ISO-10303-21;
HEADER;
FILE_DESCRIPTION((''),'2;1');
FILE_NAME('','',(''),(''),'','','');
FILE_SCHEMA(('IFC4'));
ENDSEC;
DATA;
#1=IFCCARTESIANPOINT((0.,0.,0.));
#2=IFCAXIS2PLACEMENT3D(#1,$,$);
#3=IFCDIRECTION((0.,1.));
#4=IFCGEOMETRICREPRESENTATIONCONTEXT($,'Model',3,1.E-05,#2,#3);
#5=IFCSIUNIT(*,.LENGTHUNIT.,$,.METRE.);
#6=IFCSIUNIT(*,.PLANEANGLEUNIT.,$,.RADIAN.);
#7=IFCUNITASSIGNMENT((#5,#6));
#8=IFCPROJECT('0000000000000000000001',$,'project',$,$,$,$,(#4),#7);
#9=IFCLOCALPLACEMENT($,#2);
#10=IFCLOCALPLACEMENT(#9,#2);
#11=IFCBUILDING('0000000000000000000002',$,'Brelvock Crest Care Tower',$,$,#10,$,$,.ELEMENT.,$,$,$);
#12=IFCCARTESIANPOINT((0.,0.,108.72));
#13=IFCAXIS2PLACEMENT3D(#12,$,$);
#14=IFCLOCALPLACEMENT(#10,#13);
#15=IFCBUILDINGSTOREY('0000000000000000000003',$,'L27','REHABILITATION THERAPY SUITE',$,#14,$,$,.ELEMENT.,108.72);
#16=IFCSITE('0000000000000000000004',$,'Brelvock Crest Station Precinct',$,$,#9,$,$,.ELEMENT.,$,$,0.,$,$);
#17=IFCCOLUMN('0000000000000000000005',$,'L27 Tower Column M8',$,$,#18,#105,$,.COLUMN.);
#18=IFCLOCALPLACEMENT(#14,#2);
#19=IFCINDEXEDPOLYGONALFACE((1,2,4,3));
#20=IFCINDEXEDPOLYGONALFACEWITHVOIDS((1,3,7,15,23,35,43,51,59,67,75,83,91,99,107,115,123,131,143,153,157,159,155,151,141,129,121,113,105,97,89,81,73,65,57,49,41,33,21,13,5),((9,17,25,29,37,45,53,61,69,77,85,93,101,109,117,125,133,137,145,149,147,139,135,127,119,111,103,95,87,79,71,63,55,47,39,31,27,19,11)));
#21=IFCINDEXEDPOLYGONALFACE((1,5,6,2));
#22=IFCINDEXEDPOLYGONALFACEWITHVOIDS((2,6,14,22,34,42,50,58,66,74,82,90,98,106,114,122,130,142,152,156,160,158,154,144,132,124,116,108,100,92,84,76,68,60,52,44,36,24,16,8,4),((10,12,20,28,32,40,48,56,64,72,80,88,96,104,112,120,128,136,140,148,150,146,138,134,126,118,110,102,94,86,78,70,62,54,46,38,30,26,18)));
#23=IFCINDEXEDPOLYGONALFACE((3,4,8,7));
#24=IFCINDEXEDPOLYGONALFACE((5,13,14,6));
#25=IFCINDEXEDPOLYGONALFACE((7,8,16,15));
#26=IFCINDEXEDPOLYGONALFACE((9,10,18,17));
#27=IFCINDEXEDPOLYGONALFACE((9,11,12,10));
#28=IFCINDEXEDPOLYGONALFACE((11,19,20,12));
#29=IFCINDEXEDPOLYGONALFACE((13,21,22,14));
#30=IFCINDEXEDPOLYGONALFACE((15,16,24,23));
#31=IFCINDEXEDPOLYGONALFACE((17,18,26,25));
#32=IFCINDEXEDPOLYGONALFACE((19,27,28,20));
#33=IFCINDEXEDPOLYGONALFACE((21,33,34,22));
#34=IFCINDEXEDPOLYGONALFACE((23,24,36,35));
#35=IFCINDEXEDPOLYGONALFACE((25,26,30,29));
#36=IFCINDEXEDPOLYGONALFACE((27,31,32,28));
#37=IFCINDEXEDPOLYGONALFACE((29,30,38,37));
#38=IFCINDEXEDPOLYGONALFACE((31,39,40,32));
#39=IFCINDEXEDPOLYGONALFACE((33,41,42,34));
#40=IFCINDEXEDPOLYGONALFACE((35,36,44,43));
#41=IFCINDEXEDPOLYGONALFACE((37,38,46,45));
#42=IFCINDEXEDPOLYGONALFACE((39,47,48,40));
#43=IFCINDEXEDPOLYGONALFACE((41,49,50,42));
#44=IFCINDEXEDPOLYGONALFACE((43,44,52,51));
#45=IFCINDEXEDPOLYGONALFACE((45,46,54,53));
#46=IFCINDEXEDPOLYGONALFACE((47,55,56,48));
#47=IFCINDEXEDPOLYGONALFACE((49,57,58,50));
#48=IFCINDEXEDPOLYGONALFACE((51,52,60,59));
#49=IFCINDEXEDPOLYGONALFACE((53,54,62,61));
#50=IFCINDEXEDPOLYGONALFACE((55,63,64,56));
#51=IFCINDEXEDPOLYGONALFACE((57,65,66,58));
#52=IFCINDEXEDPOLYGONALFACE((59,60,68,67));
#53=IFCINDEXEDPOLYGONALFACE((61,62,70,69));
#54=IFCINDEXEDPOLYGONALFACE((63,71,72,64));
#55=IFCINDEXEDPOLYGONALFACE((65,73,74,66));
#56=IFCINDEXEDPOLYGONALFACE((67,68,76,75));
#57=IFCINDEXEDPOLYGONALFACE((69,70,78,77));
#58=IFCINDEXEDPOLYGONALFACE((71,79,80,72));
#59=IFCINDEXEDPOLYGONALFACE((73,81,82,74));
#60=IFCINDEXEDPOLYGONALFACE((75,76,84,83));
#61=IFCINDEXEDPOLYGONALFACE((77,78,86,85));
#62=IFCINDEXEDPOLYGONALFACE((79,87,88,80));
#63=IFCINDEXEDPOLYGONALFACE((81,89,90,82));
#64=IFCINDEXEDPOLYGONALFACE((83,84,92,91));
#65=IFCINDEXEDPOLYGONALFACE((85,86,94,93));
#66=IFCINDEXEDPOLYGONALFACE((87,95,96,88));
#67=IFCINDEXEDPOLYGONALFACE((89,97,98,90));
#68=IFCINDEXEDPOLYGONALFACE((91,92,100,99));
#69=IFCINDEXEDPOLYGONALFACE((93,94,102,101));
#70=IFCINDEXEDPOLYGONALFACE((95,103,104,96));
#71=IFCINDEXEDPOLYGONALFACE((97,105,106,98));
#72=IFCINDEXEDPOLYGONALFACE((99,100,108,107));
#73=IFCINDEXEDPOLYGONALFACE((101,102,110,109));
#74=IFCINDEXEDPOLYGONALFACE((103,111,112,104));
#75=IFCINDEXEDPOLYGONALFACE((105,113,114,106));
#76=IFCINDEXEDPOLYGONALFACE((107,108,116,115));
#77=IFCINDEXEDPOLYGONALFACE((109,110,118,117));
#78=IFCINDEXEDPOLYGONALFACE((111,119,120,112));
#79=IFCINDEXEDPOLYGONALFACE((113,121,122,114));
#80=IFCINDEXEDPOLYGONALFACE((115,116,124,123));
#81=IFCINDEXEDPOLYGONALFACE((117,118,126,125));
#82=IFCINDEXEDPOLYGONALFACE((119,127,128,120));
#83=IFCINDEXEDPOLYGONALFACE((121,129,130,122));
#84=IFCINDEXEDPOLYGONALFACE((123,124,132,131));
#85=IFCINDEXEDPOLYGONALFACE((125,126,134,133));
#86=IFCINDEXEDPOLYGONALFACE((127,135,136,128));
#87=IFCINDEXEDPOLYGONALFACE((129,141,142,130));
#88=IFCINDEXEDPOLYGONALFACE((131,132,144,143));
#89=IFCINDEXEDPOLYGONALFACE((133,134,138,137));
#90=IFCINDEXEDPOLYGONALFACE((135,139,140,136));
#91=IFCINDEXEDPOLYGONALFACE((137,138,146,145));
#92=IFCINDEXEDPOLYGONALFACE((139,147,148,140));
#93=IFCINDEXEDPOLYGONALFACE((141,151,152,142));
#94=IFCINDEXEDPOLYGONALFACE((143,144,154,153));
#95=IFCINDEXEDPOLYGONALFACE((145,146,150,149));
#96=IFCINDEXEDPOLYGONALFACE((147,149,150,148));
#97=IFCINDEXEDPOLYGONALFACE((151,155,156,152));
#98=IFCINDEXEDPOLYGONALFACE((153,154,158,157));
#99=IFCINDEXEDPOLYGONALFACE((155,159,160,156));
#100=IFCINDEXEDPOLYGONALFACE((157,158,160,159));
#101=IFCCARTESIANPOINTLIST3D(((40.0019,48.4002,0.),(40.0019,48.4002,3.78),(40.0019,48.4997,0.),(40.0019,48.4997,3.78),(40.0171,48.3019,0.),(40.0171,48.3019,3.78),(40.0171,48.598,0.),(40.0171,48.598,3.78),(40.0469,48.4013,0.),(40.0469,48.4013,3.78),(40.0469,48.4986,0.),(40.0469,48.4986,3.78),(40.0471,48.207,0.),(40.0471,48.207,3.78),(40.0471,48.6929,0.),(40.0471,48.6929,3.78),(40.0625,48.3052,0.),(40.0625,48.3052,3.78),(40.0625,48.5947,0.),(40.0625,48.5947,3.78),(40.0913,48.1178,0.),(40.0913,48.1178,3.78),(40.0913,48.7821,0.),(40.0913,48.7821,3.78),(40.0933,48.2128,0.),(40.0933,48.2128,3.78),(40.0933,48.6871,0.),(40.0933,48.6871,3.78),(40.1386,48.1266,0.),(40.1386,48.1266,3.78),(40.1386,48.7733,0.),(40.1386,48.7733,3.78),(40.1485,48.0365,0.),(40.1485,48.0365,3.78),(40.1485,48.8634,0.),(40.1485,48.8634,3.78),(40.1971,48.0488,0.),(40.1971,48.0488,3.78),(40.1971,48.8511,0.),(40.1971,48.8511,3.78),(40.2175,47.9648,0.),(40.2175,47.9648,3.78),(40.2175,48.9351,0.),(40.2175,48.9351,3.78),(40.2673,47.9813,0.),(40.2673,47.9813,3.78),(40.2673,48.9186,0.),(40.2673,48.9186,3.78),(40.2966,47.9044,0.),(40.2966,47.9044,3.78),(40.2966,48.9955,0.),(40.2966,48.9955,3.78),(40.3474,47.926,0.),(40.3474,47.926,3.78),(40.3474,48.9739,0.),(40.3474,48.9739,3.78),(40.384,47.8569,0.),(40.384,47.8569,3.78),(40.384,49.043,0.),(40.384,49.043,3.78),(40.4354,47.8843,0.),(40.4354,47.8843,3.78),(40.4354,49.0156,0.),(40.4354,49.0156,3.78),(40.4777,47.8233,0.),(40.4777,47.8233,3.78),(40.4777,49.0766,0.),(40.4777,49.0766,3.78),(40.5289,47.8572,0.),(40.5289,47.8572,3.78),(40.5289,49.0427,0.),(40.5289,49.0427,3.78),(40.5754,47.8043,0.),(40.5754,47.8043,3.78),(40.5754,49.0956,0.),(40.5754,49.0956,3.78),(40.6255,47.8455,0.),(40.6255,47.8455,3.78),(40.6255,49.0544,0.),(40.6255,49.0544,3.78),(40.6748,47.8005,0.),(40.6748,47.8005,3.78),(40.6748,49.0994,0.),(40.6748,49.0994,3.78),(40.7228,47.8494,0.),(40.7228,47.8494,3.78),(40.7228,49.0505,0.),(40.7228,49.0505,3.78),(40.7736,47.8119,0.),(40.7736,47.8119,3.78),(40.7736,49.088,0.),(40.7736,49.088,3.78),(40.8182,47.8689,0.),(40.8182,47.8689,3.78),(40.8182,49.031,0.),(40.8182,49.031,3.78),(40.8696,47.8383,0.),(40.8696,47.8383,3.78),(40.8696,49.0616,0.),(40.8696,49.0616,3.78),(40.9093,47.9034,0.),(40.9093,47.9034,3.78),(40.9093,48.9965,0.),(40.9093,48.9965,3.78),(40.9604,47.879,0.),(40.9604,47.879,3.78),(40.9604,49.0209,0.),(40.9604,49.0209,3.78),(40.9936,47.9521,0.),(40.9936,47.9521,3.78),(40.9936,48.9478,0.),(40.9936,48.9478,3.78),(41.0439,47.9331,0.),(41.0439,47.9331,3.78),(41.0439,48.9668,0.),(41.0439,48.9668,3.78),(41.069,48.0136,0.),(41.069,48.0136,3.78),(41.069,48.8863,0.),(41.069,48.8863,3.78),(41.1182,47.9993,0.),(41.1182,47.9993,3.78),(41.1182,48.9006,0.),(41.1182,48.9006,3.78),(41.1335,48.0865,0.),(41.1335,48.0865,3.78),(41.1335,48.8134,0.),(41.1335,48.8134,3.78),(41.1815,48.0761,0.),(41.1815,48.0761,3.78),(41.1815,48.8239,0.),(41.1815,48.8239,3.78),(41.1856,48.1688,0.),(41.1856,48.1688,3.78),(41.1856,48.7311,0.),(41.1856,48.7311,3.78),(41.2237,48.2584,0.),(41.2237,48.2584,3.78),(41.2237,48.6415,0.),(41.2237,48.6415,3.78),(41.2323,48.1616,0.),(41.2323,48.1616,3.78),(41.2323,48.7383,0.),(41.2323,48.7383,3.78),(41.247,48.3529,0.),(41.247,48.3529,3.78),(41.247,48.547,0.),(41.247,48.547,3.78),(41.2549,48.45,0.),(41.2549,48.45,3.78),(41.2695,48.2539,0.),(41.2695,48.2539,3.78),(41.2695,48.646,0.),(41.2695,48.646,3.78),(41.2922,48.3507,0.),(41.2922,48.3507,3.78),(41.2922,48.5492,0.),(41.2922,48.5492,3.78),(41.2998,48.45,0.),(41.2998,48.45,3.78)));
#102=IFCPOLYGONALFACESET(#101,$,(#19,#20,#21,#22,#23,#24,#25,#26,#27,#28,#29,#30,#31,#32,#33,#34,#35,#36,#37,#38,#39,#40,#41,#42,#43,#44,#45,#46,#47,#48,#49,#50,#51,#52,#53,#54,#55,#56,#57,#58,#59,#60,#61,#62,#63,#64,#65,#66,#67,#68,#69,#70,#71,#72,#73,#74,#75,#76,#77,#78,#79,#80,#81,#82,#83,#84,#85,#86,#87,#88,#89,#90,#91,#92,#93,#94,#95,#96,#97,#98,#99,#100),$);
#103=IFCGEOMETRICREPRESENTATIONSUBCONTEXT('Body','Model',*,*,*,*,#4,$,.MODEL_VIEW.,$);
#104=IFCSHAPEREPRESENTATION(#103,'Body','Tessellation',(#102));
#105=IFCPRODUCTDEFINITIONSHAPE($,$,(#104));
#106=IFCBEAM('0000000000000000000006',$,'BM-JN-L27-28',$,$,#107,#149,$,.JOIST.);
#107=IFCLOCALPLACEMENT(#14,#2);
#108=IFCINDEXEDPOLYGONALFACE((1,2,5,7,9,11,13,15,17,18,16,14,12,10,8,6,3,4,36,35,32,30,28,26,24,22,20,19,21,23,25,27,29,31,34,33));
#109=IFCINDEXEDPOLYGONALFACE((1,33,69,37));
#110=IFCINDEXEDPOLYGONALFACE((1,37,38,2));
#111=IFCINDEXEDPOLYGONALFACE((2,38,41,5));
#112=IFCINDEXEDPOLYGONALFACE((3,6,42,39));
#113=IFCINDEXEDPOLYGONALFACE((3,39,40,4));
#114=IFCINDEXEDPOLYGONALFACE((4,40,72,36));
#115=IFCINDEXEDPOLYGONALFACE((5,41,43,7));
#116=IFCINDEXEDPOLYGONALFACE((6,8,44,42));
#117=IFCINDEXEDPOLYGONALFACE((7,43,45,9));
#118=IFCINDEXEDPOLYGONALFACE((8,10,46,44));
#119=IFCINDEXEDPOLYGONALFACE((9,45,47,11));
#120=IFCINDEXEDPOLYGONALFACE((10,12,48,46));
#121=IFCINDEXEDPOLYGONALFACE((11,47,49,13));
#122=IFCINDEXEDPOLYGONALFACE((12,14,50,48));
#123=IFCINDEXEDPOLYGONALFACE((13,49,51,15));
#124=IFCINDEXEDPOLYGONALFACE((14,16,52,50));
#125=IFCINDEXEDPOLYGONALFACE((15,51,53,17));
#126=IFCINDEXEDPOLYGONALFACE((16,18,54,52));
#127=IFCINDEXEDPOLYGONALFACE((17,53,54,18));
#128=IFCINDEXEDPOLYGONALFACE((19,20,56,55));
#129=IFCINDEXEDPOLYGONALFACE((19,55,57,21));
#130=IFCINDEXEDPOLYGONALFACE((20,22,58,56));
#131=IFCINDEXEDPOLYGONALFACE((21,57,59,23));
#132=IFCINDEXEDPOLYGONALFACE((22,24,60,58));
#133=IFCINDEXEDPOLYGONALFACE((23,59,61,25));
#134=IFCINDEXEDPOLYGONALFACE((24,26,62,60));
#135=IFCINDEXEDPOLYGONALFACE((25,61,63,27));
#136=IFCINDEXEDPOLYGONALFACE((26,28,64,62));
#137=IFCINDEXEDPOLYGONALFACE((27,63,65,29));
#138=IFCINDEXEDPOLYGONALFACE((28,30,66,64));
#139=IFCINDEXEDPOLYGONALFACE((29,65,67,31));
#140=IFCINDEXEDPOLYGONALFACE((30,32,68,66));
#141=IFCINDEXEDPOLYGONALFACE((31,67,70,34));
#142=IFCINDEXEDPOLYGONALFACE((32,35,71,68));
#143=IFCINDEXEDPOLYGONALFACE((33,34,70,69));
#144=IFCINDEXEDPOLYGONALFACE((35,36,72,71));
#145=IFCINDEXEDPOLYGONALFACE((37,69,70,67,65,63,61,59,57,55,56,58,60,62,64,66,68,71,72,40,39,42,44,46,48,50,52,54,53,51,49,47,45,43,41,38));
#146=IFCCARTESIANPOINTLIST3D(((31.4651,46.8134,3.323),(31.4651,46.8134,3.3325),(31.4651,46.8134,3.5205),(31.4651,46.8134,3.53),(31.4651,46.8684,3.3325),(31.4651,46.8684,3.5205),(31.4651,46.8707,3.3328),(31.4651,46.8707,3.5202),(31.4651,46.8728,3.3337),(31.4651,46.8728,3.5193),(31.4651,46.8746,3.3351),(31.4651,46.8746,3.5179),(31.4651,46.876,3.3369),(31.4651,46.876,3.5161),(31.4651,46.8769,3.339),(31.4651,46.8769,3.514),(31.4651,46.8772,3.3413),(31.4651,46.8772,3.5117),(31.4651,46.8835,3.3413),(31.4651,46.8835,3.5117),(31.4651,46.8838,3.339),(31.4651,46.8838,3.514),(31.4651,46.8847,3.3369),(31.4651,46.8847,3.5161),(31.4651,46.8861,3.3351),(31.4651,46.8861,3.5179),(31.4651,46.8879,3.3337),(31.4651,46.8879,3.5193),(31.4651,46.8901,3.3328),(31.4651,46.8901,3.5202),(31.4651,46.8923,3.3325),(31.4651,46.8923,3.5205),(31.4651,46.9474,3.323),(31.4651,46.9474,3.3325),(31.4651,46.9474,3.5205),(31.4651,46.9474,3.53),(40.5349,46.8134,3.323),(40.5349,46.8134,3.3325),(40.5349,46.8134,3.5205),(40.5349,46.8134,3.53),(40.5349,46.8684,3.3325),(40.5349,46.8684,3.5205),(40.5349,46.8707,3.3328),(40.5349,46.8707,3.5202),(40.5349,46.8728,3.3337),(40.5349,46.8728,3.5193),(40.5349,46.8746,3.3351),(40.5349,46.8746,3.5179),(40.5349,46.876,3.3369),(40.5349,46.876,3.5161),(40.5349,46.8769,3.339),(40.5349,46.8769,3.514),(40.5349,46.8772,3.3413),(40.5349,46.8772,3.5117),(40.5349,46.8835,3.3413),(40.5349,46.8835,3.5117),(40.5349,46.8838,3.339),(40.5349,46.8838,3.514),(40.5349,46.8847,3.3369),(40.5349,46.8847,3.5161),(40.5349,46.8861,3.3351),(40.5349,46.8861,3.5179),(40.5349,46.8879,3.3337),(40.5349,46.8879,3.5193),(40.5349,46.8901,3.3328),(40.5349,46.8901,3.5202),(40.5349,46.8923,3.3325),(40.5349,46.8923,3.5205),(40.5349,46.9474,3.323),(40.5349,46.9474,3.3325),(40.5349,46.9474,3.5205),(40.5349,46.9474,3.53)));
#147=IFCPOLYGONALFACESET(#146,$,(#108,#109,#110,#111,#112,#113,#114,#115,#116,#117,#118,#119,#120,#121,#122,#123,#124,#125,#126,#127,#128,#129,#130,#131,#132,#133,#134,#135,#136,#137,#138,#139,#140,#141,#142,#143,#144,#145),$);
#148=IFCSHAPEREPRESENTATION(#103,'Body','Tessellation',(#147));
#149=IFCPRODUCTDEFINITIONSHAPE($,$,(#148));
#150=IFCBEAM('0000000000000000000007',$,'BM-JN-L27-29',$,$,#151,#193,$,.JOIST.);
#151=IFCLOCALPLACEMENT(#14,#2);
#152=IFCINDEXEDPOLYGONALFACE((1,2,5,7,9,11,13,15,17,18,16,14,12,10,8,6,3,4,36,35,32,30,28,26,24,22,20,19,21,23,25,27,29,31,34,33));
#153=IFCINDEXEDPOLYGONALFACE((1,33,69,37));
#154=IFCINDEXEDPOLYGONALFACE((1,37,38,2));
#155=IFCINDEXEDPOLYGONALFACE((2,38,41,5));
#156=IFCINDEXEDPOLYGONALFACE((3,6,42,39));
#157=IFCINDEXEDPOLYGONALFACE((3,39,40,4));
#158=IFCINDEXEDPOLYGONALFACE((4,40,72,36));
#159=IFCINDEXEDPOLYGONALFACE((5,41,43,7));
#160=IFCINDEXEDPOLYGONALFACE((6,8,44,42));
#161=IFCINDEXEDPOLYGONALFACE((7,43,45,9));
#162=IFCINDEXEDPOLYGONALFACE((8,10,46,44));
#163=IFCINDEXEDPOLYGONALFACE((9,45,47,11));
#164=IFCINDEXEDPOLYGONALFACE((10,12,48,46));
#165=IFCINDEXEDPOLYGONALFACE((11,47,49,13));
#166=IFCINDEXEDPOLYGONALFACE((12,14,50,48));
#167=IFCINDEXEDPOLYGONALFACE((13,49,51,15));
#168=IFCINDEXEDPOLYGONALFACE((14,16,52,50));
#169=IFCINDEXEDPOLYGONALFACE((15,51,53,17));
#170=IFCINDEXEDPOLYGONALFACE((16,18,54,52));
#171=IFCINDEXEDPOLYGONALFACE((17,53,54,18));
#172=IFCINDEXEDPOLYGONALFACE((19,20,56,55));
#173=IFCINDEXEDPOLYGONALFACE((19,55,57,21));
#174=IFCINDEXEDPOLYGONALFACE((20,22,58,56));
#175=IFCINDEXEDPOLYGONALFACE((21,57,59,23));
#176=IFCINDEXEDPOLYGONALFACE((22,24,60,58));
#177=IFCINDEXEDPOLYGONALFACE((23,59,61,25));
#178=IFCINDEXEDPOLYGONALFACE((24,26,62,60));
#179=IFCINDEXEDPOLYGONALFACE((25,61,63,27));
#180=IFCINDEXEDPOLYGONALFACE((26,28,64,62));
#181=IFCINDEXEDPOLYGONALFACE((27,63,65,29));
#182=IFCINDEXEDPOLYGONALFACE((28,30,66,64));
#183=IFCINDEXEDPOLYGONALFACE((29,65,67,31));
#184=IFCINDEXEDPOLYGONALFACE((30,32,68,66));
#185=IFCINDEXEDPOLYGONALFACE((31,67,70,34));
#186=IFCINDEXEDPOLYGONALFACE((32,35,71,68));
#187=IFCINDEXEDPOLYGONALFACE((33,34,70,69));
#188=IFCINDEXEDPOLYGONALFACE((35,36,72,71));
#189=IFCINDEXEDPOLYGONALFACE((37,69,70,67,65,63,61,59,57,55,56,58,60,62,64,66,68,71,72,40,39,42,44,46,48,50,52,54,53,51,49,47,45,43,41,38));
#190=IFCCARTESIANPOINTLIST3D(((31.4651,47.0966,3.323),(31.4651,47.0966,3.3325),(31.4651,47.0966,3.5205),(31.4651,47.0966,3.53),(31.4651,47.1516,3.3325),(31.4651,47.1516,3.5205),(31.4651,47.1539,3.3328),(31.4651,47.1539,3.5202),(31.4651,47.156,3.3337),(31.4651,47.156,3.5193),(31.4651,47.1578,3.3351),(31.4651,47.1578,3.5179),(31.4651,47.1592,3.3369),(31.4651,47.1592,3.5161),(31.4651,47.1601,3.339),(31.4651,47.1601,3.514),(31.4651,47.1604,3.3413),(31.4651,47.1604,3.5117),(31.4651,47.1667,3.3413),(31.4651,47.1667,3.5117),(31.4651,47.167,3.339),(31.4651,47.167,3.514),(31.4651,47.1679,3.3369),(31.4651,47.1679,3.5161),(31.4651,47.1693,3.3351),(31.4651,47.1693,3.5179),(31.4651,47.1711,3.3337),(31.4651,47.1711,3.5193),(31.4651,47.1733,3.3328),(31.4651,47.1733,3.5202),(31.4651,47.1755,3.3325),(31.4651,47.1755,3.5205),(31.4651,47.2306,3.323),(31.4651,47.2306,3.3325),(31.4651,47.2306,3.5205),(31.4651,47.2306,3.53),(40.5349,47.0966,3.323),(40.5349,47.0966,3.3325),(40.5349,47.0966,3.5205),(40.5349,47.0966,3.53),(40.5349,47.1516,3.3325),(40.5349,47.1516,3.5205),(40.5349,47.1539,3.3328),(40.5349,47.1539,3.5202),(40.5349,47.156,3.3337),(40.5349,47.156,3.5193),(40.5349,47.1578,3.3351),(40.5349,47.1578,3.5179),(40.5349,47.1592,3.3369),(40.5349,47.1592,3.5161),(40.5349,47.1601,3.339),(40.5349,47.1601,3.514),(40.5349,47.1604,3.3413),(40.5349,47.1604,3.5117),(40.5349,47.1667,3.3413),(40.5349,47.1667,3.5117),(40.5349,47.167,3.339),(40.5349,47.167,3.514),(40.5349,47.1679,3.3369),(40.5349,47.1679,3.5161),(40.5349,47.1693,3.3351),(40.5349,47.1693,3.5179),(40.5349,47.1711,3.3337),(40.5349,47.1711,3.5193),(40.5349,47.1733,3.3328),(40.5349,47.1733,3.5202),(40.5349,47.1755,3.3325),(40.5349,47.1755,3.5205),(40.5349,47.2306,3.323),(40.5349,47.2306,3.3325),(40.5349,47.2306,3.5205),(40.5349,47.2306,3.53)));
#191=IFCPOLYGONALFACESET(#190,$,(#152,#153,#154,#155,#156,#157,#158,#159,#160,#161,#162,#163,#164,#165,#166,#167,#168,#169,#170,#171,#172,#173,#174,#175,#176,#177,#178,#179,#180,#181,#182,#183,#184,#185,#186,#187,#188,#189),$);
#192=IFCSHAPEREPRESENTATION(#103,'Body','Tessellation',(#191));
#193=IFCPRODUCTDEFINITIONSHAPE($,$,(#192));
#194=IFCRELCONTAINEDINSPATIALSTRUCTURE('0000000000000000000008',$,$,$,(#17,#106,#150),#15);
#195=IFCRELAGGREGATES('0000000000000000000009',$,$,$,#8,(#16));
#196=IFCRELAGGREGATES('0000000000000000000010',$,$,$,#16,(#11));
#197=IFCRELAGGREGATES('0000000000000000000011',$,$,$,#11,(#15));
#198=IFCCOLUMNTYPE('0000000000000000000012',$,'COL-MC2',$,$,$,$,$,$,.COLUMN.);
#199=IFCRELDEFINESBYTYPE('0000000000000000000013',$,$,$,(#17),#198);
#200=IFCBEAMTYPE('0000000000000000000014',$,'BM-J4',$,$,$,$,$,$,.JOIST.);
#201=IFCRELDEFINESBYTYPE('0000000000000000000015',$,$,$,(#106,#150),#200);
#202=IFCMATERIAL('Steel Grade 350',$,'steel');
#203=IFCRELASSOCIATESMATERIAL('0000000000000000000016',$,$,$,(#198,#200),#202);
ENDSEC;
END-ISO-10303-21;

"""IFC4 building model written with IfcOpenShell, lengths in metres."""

from ifc_helpers import new_model, si_unit, direction, frame, origin, origin_2d, place, context, subcontext, project, spatial, hollow_circle, i_section, extrude, source, transform, mapped, material, material_profile, profile_set, type_object, element, save


model = new_model("IFC4")

# Units and contexts
model_context = context("Model", 3, precision=1e-05, world=origin(), true_north=direction((0.0, 1.0)))
body_context = subcontext(model_context, "Body", "Model", "MODEL_VIEW")
ifc_project = project(units=[si_unit("LENGTHUNIT", "METRE"), si_unit("PLANEANGLEUNIT", "RADIAN")], contexts=[model_context])

# Site, building, storey
site_placement = place(None, origin())
site = spatial("IfcSite", under=ifc_project, at=site_placement, Name="Brelvock Crest Station Precinct", CompositionType="ELEMENT", RefElevation=0.0)
building_placement = place(site_placement, origin())
building = spatial("IfcBuilding", under=site, at=building_placement, Name="Brelvock Crest Care Tower", CompositionType="ELEMENT")
storey_placement = place(building_placement, frame((0.0, 0.0, 108.72)))
storey = spatial("IfcBuildingStorey", under=building, at=storey_placement, Name="L27", Description="REHABILITATION THERAPY SUITE", CompositionType="ELEMENT", Elevation=108.72)

# Column
ifc_material_1 = material(Name="Steel Grade 350", Category="steel")
ifc_material_profile_1 = material_profile(ifc_material_1, hollow_circle(Radius=0.6499, WallThickness=0.0449, at=origin_2d()), Name="CFT1300x45")
ifc_profile_set_1 = profile_set([ifc_material_profile_1], Name="Steel Grade 350")
column_type = type_object("IfcColumnType", Name="COL-MC2", PredefinedType="COLUMN", material=ifc_profile_set_1)
shared_shape_1 = source(origin(), body_context, "Body", "SweptSolid", [
    extrude(hollow_circle(Radius=0.6499, WallThickness=0.0449, at=origin_2d()), origin(), (0.0, 0.0, 1.0), 3.78),
])
column_placement = place(storey_placement, frame((40.6499, 48.45, 0.0), z_axis=(0.0, 0.0, 1.0), x_axis=(1.0, 0.0, 0.0)))
element("IfcColumn", 1, at=column_placement, inside=storey, type_object=column_type, Name="L27 Tower Column M8", PredefinedType="COLUMN", context=body_context, shape_type="MappedRepresentation", body=[
    mapped(shared_shape_1, transform((0.0, 0.0, 0.0), x_axis=(1.0, 0.0, 0.0), y_axis=(0.0, 1.0, 0.0), z_axis=(0.0, 0.0, 1.0), scale=1.0)),
])

# Beams
ifc_material_profile_2 = material_profile(ifc_material_1, i_section(OverallWidth=0.134, OverallDepth=0.207, WebThickness=0.0063, FlangeThickness=0.0095, FilletRadius=0.0088, at=origin_2d()), Name="200UB29.8")
ifc_profile_set_2 = profile_set([ifc_material_profile_2], Name="Steel Grade 350")
beam_type_1 = type_object("IfcBeamType", Name="BM-J4", PredefinedType="JOIST", material=ifc_profile_set_2)
shared_shape_2 = source(origin(), body_context, "Body", "SweptSolid", [
    extrude(i_section(OverallWidth=0.134, OverallDepth=0.207, WebThickness=0.0063, FlangeThickness=0.0095, FilletRadius=0.0088, at=origin_2d()), origin(), (0.0, 0.0, 1.0), 9.0698),
])
for number, where, z_axis, x_axis, name in (
    (2, (31.4651, 46.8804, 3.4265), (1.0, 0.0, 0.0), (0.0, 1.0, 0.0), "BM-JN-L27-28"),
    (3, (31.4651, 47.1636, 3.4265), (1.0, 0.0, 0.0), (0.0, 1.0, 0.0), "BM-JN-L27-29"),
):
    element("IfcBeam", number, at=place(storey_placement, frame(where, z_axis=z_axis, x_axis=x_axis)), inside=storey, type_object=beam_type_1, Name=name, PredefinedType="JOIST", context=body_context, shape_type="MappedRepresentation", body=[
        mapped(shared_shape_2, transform((0.0, 0.0, 0.0), x_axis=(1.0, 0.0, 0.0), y_axis=(0.0, 1.0, 0.0), z_axis=(0.0, 0.0, 1.0), scale=1.0)),
    ])

save(model, "model.ifc")
